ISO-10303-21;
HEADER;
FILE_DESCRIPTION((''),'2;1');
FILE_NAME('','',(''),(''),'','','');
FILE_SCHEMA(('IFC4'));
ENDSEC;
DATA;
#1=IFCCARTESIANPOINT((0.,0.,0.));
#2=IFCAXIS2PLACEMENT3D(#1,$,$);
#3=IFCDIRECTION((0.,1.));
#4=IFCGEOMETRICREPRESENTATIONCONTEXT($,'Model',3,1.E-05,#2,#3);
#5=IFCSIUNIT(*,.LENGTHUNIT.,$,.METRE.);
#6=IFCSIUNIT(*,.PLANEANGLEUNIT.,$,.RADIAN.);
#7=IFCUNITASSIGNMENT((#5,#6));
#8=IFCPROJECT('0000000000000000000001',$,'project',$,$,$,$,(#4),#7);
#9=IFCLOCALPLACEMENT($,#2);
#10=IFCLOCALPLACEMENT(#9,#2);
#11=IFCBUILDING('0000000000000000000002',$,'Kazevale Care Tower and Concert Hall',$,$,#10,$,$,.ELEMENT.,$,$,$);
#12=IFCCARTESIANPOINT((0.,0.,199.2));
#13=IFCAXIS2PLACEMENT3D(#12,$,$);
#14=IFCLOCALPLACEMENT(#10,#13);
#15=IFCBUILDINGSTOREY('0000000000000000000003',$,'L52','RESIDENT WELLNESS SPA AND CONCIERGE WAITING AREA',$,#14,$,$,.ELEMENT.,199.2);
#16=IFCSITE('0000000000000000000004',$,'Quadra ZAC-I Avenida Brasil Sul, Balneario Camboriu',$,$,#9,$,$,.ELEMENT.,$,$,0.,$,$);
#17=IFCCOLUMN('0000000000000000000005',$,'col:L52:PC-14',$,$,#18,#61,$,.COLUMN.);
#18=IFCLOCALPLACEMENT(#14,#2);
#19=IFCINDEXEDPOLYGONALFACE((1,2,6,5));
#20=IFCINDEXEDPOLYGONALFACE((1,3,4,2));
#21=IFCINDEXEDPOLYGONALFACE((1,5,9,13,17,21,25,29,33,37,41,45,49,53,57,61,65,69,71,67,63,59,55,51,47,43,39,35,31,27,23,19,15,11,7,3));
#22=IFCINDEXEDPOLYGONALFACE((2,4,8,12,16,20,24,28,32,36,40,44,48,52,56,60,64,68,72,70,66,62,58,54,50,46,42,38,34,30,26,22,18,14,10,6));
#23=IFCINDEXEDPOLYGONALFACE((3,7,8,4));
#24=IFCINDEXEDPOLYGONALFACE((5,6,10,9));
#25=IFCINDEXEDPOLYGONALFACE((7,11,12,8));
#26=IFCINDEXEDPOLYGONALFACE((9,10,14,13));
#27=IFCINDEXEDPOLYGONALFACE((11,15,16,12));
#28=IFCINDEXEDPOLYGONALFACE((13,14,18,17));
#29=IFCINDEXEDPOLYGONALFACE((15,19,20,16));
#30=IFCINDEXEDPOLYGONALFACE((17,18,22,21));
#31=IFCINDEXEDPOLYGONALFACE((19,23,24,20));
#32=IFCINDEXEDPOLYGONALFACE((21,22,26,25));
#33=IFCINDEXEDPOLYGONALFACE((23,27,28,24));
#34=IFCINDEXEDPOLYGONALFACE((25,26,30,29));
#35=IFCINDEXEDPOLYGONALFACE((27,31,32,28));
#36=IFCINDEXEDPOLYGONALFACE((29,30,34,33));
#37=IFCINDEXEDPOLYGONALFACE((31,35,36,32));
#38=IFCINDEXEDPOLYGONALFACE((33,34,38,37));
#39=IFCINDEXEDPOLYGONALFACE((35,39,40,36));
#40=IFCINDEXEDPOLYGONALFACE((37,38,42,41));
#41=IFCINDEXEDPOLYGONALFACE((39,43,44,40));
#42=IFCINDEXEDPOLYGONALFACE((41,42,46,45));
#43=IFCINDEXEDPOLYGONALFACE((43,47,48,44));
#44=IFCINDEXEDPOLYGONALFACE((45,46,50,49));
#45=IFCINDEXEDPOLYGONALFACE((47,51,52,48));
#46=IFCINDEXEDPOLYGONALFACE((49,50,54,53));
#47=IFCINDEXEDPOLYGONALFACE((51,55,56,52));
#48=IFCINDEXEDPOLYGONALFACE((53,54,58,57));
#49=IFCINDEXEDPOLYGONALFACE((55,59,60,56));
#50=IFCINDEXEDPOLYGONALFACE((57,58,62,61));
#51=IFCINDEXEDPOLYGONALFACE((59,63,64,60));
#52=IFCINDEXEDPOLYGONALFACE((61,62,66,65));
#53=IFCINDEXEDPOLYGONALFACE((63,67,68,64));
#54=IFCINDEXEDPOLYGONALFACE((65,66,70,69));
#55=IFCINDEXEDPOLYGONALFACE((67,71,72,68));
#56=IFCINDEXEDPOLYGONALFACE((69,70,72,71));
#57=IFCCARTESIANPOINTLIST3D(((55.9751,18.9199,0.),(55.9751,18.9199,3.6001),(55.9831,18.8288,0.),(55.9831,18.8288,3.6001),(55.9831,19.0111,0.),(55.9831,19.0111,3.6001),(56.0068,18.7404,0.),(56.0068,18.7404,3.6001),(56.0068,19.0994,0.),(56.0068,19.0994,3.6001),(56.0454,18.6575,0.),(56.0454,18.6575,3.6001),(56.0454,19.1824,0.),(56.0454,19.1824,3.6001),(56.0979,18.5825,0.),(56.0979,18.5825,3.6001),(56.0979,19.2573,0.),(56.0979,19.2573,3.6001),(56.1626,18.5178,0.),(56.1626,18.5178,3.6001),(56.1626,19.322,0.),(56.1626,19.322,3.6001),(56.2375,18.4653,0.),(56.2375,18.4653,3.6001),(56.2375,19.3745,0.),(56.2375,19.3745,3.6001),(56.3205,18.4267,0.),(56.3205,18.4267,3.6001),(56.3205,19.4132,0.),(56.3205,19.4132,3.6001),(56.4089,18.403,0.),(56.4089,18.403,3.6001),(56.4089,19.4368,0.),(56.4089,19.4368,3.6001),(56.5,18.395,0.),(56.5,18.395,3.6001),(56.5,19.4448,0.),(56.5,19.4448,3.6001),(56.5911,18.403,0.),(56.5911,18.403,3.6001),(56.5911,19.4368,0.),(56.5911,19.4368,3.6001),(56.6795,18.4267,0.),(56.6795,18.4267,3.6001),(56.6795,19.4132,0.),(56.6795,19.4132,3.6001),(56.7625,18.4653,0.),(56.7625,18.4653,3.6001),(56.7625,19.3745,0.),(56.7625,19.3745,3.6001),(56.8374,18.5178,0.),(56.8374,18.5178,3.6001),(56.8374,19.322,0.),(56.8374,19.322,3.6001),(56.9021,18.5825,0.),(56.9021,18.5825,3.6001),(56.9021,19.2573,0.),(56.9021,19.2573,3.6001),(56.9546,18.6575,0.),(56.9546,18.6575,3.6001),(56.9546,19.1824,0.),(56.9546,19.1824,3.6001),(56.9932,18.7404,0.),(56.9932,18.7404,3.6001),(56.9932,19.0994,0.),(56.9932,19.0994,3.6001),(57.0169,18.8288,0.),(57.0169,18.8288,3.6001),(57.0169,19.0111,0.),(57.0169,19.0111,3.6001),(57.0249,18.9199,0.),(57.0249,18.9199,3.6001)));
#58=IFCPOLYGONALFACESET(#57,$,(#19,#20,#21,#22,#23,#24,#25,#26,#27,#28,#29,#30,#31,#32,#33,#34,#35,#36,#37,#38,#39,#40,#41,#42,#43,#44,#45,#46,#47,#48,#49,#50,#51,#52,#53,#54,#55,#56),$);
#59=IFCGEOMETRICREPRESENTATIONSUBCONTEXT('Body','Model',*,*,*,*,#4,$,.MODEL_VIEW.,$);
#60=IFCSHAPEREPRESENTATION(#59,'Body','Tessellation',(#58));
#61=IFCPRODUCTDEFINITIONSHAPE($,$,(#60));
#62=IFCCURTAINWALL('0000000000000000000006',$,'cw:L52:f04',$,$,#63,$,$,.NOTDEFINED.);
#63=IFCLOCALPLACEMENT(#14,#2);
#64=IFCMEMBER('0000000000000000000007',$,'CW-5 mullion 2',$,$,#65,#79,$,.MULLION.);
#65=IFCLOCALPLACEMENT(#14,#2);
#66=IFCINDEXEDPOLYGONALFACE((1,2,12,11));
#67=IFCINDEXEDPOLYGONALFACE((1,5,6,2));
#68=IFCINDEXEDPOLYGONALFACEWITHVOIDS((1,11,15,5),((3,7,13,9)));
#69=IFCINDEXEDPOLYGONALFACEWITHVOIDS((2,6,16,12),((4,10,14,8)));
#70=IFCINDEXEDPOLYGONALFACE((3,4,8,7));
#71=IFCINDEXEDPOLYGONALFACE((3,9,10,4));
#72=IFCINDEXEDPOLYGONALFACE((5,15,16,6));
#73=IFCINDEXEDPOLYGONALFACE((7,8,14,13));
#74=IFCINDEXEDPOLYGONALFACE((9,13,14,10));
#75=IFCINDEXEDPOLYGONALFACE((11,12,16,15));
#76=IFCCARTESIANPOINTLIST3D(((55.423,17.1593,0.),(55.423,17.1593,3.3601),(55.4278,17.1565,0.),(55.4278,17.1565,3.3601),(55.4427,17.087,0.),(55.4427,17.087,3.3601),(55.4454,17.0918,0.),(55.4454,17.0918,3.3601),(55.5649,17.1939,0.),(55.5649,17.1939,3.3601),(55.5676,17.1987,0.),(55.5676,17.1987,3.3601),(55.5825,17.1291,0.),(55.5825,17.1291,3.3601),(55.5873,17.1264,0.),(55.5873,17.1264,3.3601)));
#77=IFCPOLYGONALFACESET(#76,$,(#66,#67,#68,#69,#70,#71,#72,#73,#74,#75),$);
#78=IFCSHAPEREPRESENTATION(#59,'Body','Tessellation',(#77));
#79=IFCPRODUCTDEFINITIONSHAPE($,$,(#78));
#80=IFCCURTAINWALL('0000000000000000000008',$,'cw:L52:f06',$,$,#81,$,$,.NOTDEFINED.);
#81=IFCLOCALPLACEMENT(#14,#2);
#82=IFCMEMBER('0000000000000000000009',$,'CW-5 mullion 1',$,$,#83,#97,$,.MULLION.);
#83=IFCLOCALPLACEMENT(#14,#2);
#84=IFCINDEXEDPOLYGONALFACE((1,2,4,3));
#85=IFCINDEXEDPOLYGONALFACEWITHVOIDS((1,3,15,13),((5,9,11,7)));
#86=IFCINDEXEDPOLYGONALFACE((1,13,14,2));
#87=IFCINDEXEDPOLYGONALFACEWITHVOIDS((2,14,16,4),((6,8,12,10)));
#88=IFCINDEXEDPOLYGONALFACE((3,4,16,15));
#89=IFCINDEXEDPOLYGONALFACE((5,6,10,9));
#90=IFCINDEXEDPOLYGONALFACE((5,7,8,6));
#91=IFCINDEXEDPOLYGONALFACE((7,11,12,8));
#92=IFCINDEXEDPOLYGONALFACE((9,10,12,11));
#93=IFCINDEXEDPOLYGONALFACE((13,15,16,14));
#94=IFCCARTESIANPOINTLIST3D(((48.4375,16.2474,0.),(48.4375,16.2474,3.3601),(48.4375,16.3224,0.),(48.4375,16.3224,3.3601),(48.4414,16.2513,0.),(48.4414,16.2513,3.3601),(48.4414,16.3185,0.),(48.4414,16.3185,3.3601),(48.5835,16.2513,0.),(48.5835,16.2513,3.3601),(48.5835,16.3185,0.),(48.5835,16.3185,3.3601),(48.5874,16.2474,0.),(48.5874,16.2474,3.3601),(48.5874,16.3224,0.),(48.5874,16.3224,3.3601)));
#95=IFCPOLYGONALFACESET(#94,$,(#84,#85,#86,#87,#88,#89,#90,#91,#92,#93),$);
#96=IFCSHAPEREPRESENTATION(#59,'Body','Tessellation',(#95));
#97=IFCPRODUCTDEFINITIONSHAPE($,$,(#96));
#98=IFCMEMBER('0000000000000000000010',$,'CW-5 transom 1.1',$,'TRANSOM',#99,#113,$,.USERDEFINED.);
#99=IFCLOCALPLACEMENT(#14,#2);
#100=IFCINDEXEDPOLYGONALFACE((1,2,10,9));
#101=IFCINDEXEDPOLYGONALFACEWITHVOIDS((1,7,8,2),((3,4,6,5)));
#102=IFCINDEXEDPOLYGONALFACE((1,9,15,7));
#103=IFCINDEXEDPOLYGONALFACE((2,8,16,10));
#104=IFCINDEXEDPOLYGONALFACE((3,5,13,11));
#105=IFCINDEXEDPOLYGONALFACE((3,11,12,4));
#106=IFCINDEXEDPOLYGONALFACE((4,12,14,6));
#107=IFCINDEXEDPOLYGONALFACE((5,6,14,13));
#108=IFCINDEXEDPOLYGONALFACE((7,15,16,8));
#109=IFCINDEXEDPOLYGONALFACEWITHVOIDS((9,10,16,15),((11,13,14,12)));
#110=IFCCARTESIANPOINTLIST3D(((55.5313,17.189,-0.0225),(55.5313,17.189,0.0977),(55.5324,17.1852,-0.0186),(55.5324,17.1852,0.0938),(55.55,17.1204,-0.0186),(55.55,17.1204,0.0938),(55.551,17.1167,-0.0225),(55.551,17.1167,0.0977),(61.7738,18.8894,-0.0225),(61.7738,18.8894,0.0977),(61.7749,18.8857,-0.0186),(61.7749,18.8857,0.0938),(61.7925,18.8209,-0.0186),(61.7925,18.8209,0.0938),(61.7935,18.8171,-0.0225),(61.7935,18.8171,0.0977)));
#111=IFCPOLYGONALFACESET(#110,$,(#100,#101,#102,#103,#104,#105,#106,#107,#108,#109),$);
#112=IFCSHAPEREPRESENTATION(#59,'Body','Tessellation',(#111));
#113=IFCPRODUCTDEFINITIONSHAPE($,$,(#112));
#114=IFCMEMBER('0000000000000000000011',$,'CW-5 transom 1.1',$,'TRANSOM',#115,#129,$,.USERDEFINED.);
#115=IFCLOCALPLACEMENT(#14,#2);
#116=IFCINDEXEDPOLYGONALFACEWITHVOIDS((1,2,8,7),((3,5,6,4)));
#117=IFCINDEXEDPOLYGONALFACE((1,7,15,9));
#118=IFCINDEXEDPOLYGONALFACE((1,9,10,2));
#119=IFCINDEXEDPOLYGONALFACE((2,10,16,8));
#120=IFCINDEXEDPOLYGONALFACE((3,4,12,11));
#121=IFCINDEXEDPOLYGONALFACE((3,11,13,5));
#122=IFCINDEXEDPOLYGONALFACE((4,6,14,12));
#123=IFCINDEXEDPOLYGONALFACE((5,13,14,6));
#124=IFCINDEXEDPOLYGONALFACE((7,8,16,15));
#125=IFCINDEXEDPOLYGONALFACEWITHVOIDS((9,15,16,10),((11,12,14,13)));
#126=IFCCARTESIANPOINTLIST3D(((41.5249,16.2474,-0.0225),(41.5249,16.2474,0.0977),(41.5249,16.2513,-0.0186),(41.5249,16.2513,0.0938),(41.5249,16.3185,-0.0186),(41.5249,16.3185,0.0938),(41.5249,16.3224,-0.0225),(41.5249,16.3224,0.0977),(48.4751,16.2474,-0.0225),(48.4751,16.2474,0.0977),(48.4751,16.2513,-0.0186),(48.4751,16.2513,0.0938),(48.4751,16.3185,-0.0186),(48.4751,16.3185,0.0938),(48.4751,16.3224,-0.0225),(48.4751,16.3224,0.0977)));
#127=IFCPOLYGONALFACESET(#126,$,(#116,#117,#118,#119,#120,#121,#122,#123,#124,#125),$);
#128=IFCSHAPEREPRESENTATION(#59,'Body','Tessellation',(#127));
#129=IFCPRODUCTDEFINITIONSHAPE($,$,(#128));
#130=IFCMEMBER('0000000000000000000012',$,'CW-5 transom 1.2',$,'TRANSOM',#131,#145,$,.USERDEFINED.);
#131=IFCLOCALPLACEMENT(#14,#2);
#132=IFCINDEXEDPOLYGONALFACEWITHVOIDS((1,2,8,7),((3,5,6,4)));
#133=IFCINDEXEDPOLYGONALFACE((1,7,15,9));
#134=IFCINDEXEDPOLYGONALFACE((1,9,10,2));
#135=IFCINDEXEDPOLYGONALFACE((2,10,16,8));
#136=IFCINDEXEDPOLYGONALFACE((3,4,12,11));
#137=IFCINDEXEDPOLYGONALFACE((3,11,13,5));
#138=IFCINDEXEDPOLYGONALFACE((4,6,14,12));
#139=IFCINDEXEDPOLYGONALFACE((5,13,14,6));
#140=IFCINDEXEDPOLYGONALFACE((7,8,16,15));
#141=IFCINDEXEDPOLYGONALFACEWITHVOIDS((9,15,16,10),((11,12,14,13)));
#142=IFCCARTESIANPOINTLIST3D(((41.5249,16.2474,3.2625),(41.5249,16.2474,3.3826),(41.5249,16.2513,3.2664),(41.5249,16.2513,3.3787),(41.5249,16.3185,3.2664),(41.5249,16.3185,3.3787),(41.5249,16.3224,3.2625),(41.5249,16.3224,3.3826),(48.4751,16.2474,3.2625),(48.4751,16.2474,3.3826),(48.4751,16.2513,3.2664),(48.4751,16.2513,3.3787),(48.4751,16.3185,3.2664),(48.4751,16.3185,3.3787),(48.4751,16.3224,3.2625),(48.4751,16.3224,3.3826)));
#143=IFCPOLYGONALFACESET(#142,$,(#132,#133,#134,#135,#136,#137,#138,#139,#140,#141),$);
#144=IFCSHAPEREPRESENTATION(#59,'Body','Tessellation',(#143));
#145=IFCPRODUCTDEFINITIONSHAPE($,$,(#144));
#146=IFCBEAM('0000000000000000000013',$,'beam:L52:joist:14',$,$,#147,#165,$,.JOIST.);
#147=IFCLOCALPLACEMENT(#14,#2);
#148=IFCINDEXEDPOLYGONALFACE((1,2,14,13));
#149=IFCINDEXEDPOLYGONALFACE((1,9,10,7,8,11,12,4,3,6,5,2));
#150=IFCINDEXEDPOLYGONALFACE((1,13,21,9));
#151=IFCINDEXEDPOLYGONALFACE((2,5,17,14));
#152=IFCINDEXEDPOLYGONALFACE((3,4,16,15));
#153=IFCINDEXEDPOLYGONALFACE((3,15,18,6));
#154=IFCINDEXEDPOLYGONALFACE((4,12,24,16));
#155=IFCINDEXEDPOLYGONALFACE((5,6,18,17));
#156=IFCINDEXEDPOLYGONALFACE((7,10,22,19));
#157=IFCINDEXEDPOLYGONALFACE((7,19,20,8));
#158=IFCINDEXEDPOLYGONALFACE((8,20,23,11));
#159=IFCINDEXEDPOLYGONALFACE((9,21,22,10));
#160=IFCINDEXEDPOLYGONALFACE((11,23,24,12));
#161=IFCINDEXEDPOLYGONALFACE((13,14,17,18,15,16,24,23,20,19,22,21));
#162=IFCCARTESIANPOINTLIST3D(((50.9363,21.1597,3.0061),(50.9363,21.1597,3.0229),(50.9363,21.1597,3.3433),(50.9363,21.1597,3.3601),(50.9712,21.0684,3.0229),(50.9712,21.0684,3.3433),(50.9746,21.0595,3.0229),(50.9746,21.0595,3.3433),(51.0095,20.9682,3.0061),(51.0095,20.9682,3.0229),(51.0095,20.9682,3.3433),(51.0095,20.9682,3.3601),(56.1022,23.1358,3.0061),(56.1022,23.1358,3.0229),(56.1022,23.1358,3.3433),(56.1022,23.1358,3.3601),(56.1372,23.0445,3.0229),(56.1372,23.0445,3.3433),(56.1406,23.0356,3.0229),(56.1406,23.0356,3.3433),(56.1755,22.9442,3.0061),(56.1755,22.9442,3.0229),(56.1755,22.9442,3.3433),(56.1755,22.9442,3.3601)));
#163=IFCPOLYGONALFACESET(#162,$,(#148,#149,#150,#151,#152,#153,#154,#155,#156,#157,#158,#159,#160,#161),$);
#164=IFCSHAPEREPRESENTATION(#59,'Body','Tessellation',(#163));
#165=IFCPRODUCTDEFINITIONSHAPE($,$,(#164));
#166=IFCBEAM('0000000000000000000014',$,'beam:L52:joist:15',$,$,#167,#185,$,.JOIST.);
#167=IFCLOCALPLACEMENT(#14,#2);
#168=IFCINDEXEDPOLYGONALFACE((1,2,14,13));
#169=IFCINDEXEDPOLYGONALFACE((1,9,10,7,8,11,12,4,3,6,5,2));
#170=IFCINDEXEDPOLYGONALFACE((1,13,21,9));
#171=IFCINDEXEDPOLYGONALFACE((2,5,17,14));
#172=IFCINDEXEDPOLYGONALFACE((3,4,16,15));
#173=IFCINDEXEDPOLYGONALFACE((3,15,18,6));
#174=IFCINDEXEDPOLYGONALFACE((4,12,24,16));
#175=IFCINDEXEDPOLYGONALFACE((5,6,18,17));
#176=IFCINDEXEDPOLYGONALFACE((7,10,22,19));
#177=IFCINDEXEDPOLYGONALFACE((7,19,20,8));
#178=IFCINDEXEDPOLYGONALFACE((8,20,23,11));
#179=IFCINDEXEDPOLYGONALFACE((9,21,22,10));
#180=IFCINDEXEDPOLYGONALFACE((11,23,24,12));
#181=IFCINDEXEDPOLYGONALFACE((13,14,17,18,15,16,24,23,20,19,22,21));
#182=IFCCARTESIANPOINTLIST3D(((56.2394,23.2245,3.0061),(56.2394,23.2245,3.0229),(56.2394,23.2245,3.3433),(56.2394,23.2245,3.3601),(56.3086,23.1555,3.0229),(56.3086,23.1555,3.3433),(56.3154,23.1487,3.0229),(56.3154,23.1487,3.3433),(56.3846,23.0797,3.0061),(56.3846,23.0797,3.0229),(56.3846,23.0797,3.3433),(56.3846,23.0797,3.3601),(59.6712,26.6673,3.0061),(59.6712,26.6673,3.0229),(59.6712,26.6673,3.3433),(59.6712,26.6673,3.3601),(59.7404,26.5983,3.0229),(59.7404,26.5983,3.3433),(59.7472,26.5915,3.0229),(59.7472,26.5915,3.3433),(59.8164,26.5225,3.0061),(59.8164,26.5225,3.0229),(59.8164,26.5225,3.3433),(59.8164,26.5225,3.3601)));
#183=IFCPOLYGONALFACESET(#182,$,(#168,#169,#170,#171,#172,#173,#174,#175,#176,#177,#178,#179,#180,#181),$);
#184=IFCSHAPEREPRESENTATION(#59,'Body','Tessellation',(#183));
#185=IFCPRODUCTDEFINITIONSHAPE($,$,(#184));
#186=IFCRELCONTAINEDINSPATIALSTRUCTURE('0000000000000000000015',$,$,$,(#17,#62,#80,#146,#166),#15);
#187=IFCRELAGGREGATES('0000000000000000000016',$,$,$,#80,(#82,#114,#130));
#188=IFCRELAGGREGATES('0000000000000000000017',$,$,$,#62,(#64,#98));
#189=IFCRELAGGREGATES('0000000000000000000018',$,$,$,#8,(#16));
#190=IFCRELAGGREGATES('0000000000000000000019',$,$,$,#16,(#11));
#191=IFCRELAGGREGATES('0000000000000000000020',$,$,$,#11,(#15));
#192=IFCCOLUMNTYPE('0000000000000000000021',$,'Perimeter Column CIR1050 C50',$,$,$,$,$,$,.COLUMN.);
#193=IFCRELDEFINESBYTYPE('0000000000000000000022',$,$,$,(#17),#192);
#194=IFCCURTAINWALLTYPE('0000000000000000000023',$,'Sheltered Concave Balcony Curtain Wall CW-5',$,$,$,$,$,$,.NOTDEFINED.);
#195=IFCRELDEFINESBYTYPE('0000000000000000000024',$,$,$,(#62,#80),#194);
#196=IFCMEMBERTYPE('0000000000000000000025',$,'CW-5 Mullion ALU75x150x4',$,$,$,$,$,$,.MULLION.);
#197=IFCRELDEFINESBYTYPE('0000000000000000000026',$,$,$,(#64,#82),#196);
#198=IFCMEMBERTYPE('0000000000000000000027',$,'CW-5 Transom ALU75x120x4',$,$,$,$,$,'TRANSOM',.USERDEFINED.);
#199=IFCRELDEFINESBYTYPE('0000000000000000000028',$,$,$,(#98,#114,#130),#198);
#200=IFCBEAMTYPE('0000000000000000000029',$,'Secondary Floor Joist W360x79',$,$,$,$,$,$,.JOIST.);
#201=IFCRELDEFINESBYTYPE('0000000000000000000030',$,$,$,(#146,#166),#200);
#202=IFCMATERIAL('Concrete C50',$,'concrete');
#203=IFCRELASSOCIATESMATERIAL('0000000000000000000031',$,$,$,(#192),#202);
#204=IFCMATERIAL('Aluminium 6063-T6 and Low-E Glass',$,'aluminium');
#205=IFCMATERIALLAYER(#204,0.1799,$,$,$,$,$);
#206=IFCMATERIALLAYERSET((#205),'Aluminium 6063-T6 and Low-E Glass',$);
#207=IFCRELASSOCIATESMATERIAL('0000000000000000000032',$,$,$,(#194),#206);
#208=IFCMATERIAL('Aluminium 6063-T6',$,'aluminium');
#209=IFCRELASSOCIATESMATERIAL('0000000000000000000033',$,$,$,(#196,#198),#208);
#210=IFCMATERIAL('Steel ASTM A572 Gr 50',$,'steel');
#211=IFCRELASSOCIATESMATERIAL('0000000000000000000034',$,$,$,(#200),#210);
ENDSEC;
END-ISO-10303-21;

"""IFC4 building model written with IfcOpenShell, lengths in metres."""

from ifc_helpers import new_model, si_unit, direction, frame, origin, origin_2d, place, context, subcontext, project, spatial, hollow_rectangle, circle, i_section, extrude, material, layer, layer_set, material_profile, profile_set, type_object, element, aggregate, save


model = new_model("IFC4")

# Units and contexts
model_context = context("Model", 3, precision=1e-05, world=origin(), true_north=direction((0.0, 1.0)))
body_context = subcontext(model_context, "Body", "Model", "MODEL_VIEW")
ifc_project = project(units=[si_unit("LENGTHUNIT", "METRE"), si_unit("PLANEANGLEUNIT", "RADIAN")], contexts=[model_context])

# Site, building, storey
site_placement = place(None, origin())
site = spatial("IfcSite", under=ifc_project, at=site_placement, Name="Quadra ZAC-I Avenida Brasil Sul, Balneario Camboriu", CompositionType="ELEMENT", RefElevation=0.0)
building_placement = place(site_placement, origin())
building = spatial("IfcBuilding", under=site, at=building_placement, Name="Kazevale Care Tower and Concert Hall", CompositionType="ELEMENT")
storey_placement = place(building_placement, frame((0.0, 0.0, 199.2)))
storey = spatial("IfcBuildingStorey", under=building, at=storey_placement, Name="L52", Description="RESIDENT WELLNESS SPA AND CONCIERGE WAITING AREA", CompositionType="ELEMENT", Elevation=199.2)

# Column
ifc_material_1 = material(Name="Concrete C50", Category="concrete")
ifc_material_profile_1 = material_profile(ifc_material_1, circle(Radius=0.5249, at=origin_2d()), Name="RC-CIR1050")
ifc_profile_set_1 = profile_set([ifc_material_profile_1], Name="Concrete C50")
column_type = type_object("IfcColumnType", Name="Perimeter Column CIR1050 C50", PredefinedType="COLUMN", material=ifc_profile_set_1)
column_placement = place(storey_placement, frame((56.5, 18.9199, 0.0), z_axis=(0.0, 0.0, 1.0), x_axis=(1.0, 0.0, 0.0)))
element("IfcColumn", 1, at=column_placement, inside=storey, type_object=column_type, Name="col:L52:PC-14", PredefinedType="COLUMN", context=body_context, shape_type="SweptSolid", body=[
    extrude(circle(Radius=0.5249, at=origin_2d()), origin(), (0.0, 0.0, 1.0), 3.6001),
])

# Curtain walls, members
ifc_material_2 = material(Name="Aluminium 6063-T6 and Low-E Glass", Category="aluminium")
ifc_layer_1 = layer(ifc_material_2, 0.1799)
ifc_layer_set_1 = layer_set([ifc_layer_1], Name="Aluminium 6063-T6 and Low-E Glass")
curtain_wall_type = type_object("IfcCurtainWallType", Name="Sheltered Concave Balcony Curtain Wall CW-5", PredefinedType="NOTDEFINED", material=ifc_layer_set_1)
curtain_wall_1_placement = place(storey_placement, origin())
curtain_wall_1 = element("IfcCurtainWall", 2, at=curtain_wall_1_placement, inside=storey, type_object=curtain_wall_type, Name="cw:L52:f04", PredefinedType="NOTDEFINED")
ifc_material_3 = material(Name="Aluminium 6063-T6", Category="aluminium")
ifc_material_profile_2 = material_profile(ifc_material_3, hollow_rectangle(XDim=0.075, YDim=0.1499, WallThickness=0.0039, at=origin_2d()), Name="ALU75x150x4")
ifc_profile_set_2 = profile_set([ifc_material_profile_2], Name="Aluminium 6063-T6")
member_type_1 = type_object("IfcMemberType", Name="CW-5 Mullion ALU75x150x4", PredefinedType="MULLION", material=ifc_profile_set_2)
member_1_placement = place(storey_placement, frame((55.5051, 17.1428, 0.0), z_axis=(0.0, 0.0, 1.0), x_axis=(0.262849, -0.964837, 0.0)))
member_1 = element("IfcMember", 3, at=member_1_placement, type_object=member_type_1, Name="CW-5 mullion 2", PredefinedType="MULLION", context=body_context, shape_type="SweptSolid", body=[
    extrude(hollow_rectangle(XDim=0.075, YDim=0.1499, WallThickness=0.0039, at=origin_2d()), origin(), (0.0, 0.0, 1.0), 3.3601),
])
curtain_wall_2_placement = place(storey_placement, origin())
curtain_wall_2 = element("IfcCurtainWall", 4, at=curtain_wall_2_placement, inside=storey, type_object=curtain_wall_type, Name="cw:L52:f06", PredefinedType="NOTDEFINED")
member_2_placement = place(storey_placement, frame((48.5125, 16.2849, 0.0), z_axis=(0.0, 0.0, 1.0), x_axis=(0.0, -1.0, 0.0)))
member_2 = element("IfcMember", 5, at=member_2_placement, type_object=member_type_1, Name="CW-5 mullion 1", PredefinedType="MULLION", context=body_context, shape_type="SweptSolid", body=[
    extrude(hollow_rectangle(XDim=0.075, YDim=0.1499, WallThickness=0.0039, at=origin_2d()), origin(), (0.0, 0.0, 1.0), 3.3601),
])

# Members
ifc_material_profile_3 = material_profile(ifc_material_3, hollow_rectangle(XDim=0.075, YDim=0.1201, WallThickness=0.0039, at=origin_2d()), Name="ALU75x120x4")
ifc_profile_set_3 = profile_set([ifc_material_profile_3], Name="Aluminium 6063-T6")
member_type_2 = type_object("IfcMemberType", Name="CW-5 Transom ALU75x120x4", ElementType="TRANSOM", PredefinedType="USERDEFINED", material=ifc_profile_set_3)
member_3_placement = place(storey_placement, frame((61.7837, 18.8533, 0.0376), z_axis=(-0.964844, -0.262824, 0.0), x_axis=(0.262824, -0.964844, 0.0)))
member_3 = element("IfcMember", 6, at=member_3_placement, type_object=member_type_2, Name="CW-5 transom 1.1", ObjectType="TRANSOM", PredefinedType="USERDEFINED", context=body_context, shape_type="SweptSolid", body=[
    extrude(hollow_rectangle(XDim=0.075, YDim=0.1201, WallThickness=0.0039, at=origin_2d()), origin(), (0.0, 0.0, 1.0), 6.47),
])
member_4_placement = place(storey_placement, frame((48.4751, 16.2849, 0.0376), z_axis=(-1.0, 0.0, 0.0), x_axis=(0.0, -1.0, 0.0)))
member_4 = element("IfcMember", 7, at=member_4_placement, type_object=member_type_2, Name="CW-5 transom 1.1", ObjectType="TRANSOM", PredefinedType="USERDEFINED", context=body_context, shape_type="SweptSolid", body=[
    extrude(hollow_rectangle(XDim=0.075, YDim=0.1201, WallThickness=0.0039, at=origin_2d()), origin(), (0.0, 0.0, 1.0), 6.9502),
])
member_5_placement = place(storey_placement, frame((48.4751, 16.2849, 3.3225), z_axis=(-1.0, 0.0, 0.0), x_axis=(0.0, -1.0, 0.0)))
member_5 = element("IfcMember", 8, at=member_5_placement, type_object=member_type_2, Name="CW-5 transom 1.2", ObjectType="TRANSOM", PredefinedType="USERDEFINED", context=body_context, shape_type="SweptSolid", body=[
    extrude(hollow_rectangle(XDim=0.075, YDim=0.1201, WallThickness=0.0039, at=origin_2d()), origin(), (0.0, 0.0, 1.0), 6.9502),
])
aggregate(curtain_wall_2, [member_2, member_4, member_5])

# Beams
ifc_material_4 = material(Name="Steel ASTM A572 Gr 50", Category="steel")
ifc_material_profile_4 = material_profile(ifc_material_4, i_section(OverallWidth=0.2051, OverallDepth=0.354, WebThickness=0.0095, FlangeThickness=0.0168, at=origin_2d()), Name="W360x79")
ifc_profile_set_4 = profile_set([ifc_material_profile_4], Name="Steel ASTM A572 Gr 50")
beam_type_1 = type_object("IfcBeamType", Name="Secondary Floor Joist W360x79", PredefinedType="JOIST", material=ifc_profile_set_4)
beam_1_placement = place(storey_placement, frame((50.9729, 21.064, 3.1831), z_axis=(0.934002, 0.357269, 0.0), x_axis=(-0.357269, 0.934002, 0.0)))
element("IfcBeam", 9, at=beam_1_placement, inside=storey, type_object=beam_type_1, Name="beam:L52:joist:14", PredefinedType="JOIST", context=body_context, shape_type="SweptSolid", body=[
    extrude(i_section(OverallWidth=0.2051, OverallDepth=0.354, WebThickness=0.0095, FlangeThickness=0.0168, at=origin_2d()), origin(), (0.0, 0.0, 1.0), 5.531),
])
beam_2_placement = place(storey_placement, frame((56.312, 23.1521, 3.1831), z_axis=(0.705976, 0.708236, 0.0), x_axis=(-0.708236, 0.705976, 0.0)))
element("IfcBeam", 10, at=beam_2_placement, inside=storey, type_object=beam_type_1, Name="beam:L52:joist:15", PredefinedType="JOIST", context=body_context, shape_type="SweptSolid", body=[
    extrude(i_section(OverallWidth=0.2051, OverallDepth=0.354, WebThickness=0.0095, FlangeThickness=0.0168, at=origin_2d()), origin(), (0.0, 0.0, 1.0), 4.8611),
])

aggregate(curtain_wall_1, [member_1, member_3])

save(model, "model.ifc")
